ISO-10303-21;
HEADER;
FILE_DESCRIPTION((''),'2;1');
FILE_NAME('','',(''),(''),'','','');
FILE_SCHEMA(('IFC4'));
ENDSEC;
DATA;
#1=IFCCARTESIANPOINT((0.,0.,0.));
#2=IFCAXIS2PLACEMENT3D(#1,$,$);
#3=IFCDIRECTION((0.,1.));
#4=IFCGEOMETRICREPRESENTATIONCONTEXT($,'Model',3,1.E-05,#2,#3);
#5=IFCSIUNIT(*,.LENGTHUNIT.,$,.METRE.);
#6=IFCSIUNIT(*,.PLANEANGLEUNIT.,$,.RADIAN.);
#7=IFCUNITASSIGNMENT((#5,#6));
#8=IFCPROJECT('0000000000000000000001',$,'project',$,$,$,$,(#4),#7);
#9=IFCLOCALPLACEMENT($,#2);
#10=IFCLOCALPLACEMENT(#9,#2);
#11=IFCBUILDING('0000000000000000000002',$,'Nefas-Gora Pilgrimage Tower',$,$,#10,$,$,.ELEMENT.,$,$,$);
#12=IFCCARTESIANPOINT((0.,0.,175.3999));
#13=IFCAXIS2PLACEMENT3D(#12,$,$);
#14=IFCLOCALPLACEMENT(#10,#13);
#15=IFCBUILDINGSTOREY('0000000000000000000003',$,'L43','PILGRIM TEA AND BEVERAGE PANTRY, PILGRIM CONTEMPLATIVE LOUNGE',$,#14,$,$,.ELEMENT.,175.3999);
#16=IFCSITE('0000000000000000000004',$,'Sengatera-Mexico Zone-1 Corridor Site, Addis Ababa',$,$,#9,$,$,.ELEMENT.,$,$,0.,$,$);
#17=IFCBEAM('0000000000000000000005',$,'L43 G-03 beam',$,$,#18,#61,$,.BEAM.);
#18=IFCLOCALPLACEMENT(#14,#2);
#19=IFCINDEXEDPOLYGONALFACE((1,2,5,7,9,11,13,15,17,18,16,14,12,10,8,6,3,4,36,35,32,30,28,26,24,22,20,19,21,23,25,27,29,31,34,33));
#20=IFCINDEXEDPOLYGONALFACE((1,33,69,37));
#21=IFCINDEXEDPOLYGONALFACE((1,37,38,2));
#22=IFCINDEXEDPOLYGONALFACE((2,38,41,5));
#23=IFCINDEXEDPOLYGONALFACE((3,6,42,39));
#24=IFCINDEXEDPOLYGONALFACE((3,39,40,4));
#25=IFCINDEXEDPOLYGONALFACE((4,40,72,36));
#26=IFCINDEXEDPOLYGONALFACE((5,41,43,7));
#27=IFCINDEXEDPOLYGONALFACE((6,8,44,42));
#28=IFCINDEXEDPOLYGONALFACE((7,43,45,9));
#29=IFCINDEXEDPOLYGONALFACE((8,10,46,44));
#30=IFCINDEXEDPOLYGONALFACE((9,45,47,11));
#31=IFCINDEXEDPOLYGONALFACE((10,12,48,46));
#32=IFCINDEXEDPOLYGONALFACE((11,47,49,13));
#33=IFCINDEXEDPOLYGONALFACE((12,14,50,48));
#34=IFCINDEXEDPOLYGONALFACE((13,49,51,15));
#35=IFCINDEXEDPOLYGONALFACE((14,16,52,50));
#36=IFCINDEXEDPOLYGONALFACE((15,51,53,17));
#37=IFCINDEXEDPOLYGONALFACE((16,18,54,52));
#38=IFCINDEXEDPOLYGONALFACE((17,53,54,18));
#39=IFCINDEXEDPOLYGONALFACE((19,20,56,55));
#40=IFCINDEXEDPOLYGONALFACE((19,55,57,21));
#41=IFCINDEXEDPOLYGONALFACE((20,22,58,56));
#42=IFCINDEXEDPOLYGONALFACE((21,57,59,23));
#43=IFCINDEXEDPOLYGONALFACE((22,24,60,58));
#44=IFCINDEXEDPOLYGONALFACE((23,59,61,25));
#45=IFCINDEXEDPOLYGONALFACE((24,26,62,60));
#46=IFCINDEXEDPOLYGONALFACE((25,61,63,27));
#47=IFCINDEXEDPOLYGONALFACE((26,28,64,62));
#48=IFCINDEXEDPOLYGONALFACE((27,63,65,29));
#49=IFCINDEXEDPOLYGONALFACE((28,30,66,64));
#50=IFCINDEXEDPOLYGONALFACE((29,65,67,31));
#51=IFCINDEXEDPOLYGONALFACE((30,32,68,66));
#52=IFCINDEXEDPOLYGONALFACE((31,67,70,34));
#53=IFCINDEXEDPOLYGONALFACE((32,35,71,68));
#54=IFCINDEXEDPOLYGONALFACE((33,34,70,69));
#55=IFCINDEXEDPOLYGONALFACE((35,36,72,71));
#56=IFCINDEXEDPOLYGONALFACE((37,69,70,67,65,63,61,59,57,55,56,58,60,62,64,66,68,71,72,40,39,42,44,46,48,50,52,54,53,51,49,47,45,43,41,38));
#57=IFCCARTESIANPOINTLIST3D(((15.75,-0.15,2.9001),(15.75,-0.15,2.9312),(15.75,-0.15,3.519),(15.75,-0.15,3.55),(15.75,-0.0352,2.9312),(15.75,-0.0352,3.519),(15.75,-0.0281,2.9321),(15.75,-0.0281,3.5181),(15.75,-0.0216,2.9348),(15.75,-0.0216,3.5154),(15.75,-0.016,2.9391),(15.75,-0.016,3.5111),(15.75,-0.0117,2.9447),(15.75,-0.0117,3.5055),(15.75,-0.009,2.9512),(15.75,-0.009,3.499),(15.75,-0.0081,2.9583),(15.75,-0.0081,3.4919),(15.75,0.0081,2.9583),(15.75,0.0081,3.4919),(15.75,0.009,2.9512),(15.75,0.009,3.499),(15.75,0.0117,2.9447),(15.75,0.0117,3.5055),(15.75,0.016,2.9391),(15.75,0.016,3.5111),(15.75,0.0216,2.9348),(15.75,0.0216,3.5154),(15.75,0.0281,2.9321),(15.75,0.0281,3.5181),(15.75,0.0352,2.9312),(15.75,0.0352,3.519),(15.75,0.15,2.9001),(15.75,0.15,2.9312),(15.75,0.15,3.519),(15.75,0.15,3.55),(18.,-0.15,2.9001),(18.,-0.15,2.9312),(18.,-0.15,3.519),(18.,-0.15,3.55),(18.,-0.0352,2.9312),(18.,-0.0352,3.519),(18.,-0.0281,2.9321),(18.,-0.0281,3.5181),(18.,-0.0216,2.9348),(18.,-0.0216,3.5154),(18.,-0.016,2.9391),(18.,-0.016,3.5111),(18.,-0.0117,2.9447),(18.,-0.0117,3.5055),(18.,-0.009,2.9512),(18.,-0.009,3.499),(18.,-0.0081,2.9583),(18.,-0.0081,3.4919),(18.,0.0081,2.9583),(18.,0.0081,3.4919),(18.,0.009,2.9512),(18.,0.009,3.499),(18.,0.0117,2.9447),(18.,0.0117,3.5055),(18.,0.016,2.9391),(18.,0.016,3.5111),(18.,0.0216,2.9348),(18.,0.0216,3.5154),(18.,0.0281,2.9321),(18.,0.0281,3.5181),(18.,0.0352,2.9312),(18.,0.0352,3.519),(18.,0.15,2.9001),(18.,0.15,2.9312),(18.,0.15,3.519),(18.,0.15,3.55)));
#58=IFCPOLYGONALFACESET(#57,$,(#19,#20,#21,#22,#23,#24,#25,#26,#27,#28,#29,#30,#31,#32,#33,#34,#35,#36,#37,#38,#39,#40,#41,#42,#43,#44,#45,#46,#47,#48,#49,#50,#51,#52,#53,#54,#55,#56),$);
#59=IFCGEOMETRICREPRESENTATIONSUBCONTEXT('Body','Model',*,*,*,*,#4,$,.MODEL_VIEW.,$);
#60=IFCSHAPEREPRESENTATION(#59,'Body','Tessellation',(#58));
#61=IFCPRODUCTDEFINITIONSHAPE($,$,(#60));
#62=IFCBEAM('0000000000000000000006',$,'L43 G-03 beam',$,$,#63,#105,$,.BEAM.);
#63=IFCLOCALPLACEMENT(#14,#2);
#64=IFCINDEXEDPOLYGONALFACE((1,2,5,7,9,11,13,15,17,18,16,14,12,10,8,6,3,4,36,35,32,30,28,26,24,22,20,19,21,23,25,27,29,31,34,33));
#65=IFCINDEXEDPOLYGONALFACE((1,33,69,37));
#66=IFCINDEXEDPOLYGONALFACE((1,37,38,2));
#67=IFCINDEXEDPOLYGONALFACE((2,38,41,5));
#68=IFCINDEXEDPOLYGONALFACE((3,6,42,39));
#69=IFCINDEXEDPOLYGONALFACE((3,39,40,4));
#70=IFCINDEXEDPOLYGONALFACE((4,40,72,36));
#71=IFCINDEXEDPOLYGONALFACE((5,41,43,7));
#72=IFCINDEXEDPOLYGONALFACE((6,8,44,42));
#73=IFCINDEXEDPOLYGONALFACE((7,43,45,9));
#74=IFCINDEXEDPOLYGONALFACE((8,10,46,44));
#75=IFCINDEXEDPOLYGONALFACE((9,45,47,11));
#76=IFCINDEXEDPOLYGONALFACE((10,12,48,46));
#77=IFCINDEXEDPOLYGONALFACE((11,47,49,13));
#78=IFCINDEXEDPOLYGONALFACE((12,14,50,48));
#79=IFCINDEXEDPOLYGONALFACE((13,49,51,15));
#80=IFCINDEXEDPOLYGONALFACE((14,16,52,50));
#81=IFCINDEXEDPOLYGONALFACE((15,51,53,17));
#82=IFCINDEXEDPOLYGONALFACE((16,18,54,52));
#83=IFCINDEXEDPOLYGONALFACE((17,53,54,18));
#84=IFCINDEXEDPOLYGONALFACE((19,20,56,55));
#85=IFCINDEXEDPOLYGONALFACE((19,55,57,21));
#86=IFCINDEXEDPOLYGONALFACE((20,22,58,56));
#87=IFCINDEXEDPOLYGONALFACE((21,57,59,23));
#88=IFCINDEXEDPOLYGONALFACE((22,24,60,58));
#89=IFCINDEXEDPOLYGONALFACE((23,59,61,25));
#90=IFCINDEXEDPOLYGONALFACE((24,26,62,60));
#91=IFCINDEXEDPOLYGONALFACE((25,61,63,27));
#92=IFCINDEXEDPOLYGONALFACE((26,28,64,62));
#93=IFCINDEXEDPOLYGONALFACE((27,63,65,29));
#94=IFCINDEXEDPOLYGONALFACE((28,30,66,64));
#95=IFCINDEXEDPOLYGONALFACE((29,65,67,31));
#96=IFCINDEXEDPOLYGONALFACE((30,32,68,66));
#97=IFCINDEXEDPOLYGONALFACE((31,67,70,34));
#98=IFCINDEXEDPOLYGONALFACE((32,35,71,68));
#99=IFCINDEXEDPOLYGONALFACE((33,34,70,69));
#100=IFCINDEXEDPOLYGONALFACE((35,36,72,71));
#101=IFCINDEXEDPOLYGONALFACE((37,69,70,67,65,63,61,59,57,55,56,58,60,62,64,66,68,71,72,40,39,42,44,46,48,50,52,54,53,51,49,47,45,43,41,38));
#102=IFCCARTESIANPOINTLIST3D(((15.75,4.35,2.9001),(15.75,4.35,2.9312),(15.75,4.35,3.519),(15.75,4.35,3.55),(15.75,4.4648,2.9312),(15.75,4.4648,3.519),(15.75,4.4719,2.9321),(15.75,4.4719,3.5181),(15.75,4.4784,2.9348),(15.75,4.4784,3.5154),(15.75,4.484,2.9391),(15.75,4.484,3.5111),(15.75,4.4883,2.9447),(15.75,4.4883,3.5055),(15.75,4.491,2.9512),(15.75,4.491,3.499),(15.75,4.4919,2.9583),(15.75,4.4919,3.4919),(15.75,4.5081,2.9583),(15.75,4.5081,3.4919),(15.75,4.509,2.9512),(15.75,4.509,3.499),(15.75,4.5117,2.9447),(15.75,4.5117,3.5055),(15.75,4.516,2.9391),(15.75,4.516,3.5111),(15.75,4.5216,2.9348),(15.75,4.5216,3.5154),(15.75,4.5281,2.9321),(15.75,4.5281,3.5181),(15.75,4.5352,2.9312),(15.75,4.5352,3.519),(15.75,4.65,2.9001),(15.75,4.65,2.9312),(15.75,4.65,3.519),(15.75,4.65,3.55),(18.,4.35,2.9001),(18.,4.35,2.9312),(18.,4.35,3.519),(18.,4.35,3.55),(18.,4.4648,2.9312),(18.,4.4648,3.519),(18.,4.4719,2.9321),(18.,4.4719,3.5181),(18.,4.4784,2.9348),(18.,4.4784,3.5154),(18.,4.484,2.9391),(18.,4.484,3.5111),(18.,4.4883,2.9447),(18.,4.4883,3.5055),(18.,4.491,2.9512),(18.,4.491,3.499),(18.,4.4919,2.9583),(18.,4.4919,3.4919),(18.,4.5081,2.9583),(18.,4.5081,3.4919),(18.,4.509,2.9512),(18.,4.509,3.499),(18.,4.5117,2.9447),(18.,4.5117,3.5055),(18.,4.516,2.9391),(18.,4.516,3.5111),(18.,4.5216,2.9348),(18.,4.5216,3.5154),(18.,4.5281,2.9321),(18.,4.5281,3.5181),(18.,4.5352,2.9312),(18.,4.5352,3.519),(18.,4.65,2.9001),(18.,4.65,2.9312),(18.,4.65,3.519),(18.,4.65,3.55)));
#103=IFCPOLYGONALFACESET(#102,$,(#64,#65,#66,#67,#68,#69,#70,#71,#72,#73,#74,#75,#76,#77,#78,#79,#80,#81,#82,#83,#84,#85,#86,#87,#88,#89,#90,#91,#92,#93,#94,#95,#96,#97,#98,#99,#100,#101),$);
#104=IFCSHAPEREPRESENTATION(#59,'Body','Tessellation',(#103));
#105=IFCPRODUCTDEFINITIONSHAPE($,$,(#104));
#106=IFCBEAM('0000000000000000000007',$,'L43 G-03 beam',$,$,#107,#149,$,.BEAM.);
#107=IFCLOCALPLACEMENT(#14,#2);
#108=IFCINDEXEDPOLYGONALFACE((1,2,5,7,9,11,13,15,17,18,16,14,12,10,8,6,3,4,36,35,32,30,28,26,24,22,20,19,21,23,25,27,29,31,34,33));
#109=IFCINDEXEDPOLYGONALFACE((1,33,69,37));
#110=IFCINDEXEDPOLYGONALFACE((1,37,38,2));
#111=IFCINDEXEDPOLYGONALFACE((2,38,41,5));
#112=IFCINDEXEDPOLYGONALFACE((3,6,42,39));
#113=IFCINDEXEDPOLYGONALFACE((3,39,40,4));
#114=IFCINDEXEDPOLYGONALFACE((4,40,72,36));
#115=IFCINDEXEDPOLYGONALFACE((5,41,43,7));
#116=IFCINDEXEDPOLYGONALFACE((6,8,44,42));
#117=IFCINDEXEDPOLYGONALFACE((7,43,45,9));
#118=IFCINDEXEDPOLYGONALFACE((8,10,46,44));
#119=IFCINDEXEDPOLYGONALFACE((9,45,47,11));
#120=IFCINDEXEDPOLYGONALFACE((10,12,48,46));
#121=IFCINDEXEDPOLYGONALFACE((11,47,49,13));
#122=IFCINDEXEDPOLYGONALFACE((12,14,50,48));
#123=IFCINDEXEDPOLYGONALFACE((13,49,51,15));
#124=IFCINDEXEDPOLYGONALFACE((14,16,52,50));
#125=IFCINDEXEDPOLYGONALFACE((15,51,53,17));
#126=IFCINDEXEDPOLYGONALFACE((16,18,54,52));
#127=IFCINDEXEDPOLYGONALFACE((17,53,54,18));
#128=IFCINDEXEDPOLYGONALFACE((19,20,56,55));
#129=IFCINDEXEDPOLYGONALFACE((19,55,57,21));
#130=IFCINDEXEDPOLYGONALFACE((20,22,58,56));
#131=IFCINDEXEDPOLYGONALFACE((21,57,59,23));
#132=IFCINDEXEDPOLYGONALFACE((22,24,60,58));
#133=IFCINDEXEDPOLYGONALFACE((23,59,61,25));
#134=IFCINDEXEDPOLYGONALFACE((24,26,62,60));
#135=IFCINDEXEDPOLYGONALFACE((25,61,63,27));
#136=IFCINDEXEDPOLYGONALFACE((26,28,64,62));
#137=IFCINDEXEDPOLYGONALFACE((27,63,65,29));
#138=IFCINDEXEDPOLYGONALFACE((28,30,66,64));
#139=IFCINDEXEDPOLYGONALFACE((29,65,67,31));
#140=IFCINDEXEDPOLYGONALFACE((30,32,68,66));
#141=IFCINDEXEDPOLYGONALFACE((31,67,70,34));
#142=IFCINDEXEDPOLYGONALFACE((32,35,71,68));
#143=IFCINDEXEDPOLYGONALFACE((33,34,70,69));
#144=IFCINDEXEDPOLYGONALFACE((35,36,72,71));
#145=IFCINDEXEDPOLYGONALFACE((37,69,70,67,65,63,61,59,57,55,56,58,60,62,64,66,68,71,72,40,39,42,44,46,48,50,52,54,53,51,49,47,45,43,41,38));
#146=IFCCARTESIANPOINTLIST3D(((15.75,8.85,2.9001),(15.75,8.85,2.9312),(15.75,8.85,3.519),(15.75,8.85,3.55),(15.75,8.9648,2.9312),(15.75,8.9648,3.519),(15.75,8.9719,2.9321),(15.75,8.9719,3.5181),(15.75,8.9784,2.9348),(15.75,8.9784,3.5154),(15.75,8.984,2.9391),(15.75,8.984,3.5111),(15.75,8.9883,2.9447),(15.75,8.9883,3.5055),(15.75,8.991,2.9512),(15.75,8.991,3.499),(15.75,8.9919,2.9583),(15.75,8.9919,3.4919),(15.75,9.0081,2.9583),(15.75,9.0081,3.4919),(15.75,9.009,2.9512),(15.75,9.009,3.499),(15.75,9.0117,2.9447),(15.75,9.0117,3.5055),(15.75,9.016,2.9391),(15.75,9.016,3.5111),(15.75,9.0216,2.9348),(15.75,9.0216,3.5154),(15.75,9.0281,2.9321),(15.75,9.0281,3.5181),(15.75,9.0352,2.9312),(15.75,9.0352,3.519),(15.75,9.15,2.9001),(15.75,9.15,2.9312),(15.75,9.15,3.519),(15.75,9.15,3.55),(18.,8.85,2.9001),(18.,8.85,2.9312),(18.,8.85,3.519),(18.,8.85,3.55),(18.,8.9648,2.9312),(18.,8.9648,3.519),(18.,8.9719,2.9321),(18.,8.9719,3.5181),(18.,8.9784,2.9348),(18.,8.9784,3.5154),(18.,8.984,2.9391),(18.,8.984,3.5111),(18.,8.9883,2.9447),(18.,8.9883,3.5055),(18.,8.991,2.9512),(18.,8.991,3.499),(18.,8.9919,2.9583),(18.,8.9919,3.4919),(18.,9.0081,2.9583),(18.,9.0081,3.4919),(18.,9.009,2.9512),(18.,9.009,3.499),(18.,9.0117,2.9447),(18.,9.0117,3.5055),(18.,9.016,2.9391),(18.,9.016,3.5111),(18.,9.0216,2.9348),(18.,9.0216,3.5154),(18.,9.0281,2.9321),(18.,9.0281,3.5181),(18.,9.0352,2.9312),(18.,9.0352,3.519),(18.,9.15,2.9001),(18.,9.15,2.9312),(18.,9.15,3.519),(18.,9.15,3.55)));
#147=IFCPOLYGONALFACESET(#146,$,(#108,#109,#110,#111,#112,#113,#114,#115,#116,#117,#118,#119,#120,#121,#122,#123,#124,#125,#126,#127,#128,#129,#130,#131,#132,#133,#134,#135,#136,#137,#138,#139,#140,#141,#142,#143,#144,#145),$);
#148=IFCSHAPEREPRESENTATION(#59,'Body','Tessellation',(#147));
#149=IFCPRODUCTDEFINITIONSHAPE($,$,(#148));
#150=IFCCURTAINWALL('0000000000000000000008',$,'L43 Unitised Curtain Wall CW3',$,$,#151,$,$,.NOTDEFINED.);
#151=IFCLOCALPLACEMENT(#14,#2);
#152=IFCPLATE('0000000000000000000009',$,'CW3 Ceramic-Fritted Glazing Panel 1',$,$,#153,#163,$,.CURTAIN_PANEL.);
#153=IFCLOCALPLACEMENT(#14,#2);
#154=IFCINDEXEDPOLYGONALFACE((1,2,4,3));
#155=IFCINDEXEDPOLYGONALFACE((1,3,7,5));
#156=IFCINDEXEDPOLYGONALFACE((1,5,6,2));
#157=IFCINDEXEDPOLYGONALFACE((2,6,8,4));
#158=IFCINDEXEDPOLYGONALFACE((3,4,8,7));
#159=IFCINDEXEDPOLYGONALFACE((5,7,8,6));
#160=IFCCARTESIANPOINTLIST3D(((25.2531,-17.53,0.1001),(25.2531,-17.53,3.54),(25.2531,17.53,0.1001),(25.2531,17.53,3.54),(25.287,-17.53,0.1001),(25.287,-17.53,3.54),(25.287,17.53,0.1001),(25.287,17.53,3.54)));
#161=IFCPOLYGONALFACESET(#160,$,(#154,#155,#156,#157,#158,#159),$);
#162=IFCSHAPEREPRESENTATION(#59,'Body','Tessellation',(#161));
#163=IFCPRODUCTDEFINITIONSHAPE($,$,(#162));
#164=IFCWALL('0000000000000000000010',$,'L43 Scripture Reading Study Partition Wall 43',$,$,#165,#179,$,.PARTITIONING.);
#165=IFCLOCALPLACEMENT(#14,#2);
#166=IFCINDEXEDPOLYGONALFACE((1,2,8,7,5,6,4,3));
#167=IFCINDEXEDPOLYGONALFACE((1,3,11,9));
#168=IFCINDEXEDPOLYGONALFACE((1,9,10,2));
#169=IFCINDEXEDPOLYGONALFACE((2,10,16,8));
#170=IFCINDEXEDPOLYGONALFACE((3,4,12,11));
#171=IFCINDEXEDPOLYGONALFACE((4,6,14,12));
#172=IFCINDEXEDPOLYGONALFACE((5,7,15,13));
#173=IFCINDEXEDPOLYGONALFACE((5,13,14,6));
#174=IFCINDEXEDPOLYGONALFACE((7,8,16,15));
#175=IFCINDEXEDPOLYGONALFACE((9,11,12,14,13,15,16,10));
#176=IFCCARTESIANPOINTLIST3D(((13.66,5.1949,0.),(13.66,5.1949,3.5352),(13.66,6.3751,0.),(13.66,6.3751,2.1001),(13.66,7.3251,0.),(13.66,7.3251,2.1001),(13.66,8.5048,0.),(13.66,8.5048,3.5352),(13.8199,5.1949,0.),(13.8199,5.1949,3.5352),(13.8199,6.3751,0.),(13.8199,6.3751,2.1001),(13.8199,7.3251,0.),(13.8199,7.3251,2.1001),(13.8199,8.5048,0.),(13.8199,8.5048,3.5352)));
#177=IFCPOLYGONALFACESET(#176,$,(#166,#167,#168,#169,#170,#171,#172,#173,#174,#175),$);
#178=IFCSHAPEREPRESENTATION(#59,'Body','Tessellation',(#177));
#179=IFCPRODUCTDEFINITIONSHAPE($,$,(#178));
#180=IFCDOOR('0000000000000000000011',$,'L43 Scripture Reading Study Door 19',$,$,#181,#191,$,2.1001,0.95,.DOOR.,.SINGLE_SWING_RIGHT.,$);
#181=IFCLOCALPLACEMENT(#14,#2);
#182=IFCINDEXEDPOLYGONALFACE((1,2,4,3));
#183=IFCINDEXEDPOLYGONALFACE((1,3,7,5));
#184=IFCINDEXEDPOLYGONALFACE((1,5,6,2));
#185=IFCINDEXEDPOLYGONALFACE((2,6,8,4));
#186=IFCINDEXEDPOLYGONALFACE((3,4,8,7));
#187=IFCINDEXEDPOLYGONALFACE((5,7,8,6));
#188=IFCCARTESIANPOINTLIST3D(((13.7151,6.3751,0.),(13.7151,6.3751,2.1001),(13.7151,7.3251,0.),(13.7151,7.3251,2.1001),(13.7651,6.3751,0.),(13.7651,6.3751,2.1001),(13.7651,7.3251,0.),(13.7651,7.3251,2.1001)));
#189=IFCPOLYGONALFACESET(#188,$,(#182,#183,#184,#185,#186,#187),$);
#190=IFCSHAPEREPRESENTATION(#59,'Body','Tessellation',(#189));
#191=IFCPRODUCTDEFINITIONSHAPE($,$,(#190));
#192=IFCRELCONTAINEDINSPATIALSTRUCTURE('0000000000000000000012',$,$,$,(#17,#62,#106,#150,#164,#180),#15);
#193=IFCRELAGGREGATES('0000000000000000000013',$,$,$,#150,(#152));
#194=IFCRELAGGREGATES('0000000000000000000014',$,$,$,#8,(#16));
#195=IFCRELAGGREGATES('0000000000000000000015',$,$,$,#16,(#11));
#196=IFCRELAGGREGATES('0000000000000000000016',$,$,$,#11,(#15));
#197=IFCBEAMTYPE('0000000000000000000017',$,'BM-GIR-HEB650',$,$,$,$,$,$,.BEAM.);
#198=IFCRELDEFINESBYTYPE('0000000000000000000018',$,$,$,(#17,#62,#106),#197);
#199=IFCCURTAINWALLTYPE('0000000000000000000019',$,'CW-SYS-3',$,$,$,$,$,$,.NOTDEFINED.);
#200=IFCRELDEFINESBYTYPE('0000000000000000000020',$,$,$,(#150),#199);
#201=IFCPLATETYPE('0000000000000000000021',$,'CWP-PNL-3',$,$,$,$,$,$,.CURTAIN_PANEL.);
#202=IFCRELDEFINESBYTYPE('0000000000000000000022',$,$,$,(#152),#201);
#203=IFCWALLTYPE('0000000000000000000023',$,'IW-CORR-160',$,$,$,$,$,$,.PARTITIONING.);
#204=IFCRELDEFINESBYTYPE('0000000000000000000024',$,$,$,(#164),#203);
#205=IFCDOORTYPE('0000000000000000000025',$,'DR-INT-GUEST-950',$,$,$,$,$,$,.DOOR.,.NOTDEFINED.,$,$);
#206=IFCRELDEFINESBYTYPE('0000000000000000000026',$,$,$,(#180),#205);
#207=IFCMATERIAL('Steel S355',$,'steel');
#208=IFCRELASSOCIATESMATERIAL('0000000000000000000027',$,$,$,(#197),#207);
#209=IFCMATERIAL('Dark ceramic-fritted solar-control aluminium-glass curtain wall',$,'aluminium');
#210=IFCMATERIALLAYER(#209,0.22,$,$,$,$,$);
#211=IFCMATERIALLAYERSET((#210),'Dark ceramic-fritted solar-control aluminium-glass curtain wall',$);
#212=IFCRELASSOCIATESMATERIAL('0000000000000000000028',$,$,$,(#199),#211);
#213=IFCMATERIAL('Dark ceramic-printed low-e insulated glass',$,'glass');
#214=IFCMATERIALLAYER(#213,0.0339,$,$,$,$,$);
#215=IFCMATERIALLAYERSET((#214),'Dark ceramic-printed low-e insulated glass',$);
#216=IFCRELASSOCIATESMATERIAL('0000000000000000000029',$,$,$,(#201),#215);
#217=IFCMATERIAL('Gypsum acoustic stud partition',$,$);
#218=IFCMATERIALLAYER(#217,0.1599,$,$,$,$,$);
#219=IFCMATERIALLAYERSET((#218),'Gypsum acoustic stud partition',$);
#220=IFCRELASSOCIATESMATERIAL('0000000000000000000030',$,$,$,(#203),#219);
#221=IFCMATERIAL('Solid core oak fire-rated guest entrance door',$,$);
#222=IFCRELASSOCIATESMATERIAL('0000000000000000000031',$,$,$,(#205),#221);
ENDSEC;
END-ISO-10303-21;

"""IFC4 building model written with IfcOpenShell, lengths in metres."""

from ifc_helpers import new_model, si_unit, direction, frame, frame_2d, origin, origin_2d, place, context, subcontext, project, spatial, rectangle, i_section, extrude, source, transform, mapped, material, layer, layer_set, material_profile, profile_set, type_object, element, fill, aggregate, save


model = new_model("IFC4")

# Units and contexts
model_context = context("Model", 3, precision=1e-05, world=origin(), true_north=direction((0.0, 1.0)))
body_context = subcontext(model_context, "Body", "Model", "MODEL_VIEW")
ifc_project = project(units=[si_unit("LENGTHUNIT", "METRE"), si_unit("PLANEANGLEUNIT", "RADIAN")], contexts=[model_context])

# Site, building, storey
site_placement = place(None, origin())
site = spatial("IfcSite", under=ifc_project, at=site_placement, Name="Sengatera-Mexico Zone-1 Corridor Site, Addis Ababa", CompositionType="ELEMENT", RefElevation=0.0)
building_placement = place(site_placement, origin())
building = spatial("IfcBuilding", under=site, at=building_placement, Name="Nefas-Gora Pilgrimage Tower", CompositionType="ELEMENT")
storey_placement = place(building_placement, frame((0.0, 0.0, 175.3999)))
storey = spatial("IfcBuildingStorey", under=building, at=storey_placement, Name="L43", Description="PILGRIM TEA AND BEVERAGE PANTRY, PILGRIM CONTEMPLATIVE LOUNGE", CompositionType="ELEMENT", Elevation=175.3999)

# Beams
ifc_material_1 = material(Name="Steel S355", Category="steel")
ifc_material_profile_1 = material_profile(ifc_material_1, i_section(OverallWidth=0.3, OverallDepth=0.6499, WebThickness=0.0161, FlangeThickness=0.031, FilletRadius=0.0271, at=origin_2d()), Name="HEB 650")
ifc_profile_set_1 = profile_set([ifc_material_profile_1], Name="Steel S355")
beam_type_1 = type_object("IfcBeamType", Name="BM-GIR-HEB650", PredefinedType="BEAM", material=ifc_profile_set_1)
shared_shape_1 = source(origin(), body_context, "Body", "SweptSolid", [
    extrude(i_section(OverallWidth=0.3, OverallDepth=0.6499, WebThickness=0.0161, FlangeThickness=0.031, FilletRadius=0.0271, at=origin_2d()), origin(), (0.0, 0.0, 1.0), 2.25),
])
for number, where, z_axis, x_axis, name in (
    (1, (15.75, 0.0, 3.2251), (1.0, 0.0, 0.0), (0.0, 1.0, 0.0), "L43 G-03 beam"),
    (2, (15.75, 4.5, 3.2251), (1.0, 0.0, 0.0), (0.0, 1.0, 0.0), "L43 G-03 beam"),
    (3, (15.75, 9.0, 3.2251), (1.0, 0.0, 0.0), (0.0, 1.0, 0.0), "L43 G-03 beam"),
):
    element("IfcBeam", number, at=place(storey_placement, frame(where, z_axis=z_axis, x_axis=x_axis)), inside=storey, type_object=beam_type_1, Name=name, PredefinedType="BEAM", context=body_context, shape_type="MappedRepresentation", body=[
        mapped(shared_shape_1, transform((0.0, 0.0, 0.0), x_axis=(1.0, 0.0, 0.0), y_axis=(0.0, 1.0, 0.0), z_axis=(0.0, 0.0, 1.0), scale=1.0)),
    ])

# Curtain wall, plate
ifc_material_2 = material(Name="Dark ceramic-fritted solar-control aluminium-glass curtain wall", Category="aluminium")
ifc_layer_1 = layer(ifc_material_2, 0.22)
ifc_layer_set_1 = layer_set([ifc_layer_1], Name="Dark ceramic-fritted solar-control aluminium-glass curtain wall")
curtain_wall_type = type_object("IfcCurtainWallType", Name="CW-SYS-3", PredefinedType="NOTDEFINED", material=ifc_layer_set_1)
curtain_wall_placement = place(storey_placement, origin())
curtain_wall = element("IfcCurtainWall", 4, at=curtain_wall_placement, inside=storey, type_object=curtain_wall_type, Name="L43 Unitised Curtain Wall CW3", PredefinedType="NOTDEFINED")
ifc_material_3 = material(Name="Dark ceramic-printed low-e insulated glass", Category="glass")
ifc_layer_2 = layer(ifc_material_3, 0.0339)
ifc_layer_set_2 = layer_set([ifc_layer_2], Name="Dark ceramic-printed low-e insulated glass")
plate_type = type_object("IfcPlateType", Name="CWP-PNL-3", PredefinedType="CURTAIN_PANEL", material=ifc_layer_set_2)
shared_shape_2 = source(origin(), body_context, "Body", "SweptSolid", [
    extrude(rectangle(XDim=35.0601, YDim=0.0339, at=origin_2d()), origin(), (0.0, 0.0, 1.0), 3.4399),
])
plate_placement = place(storey_placement, frame((25.27, 0.0, 0.1001), z_axis=(0.0, 0.0, 1.0), x_axis=(0.0, 1.0, 0.0)))
plate = element("IfcPlate", 5, at=plate_placement, type_object=plate_type, Name="CW3 Ceramic-Fritted Glazing Panel 1", PredefinedType="CURTAIN_PANEL", context=body_context, shape_type="MappedRepresentation", body=[
    mapped(shared_shape_2, transform((0.0, 0.0, 0.0), x_axis=(1.0, 0.0, 0.0), y_axis=(0.0, 1.0, 0.0), z_axis=(0.0, 0.0, 1.0), scale=1.0)),
])
aggregate(curtain_wall, [plate])

# Wall, opening, door
ifc_material_4 = material(Name="Gypsum acoustic stud partition")
ifc_layer_3 = layer(ifc_material_4, 0.1599)
ifc_layer_set_3 = layer_set([ifc_layer_3], Name="Gypsum acoustic stud partition")
wall_type_1 = type_object("IfcWallType", Name="IW-CORR-160", PredefinedType="PARTITIONING", material=ifc_layer_set_3)
shared_shape_3 = source(origin(), body_context, "Body", "SweptSolid", [
    extrude(rectangle(XDim=3.3098, YDim=0.1599, at=frame_2d((1.6548, 0.0))), origin(), (0.0, 0.0, 1.0), 3.5352),
])
wall_1_placement = place(storey_placement, frame((13.74, 5.1951, 0.0), z_axis=(0.0, 0.0, 1.0), x_axis=(0.0, 1.0, 0.0)))
wall_1 = element("IfcWall", 6, at=wall_1_placement, inside=storey, type_object=wall_type_1, Name="L43 Scripture Reading Study Partition Wall 43", PredefinedType="PARTITIONING", context=body_context, shape_type="MappedRepresentation", body=[
    mapped(shared_shape_3, transform((0.0, 0.0, 0.0), x_axis=(1.0, 0.0, 0.0), y_axis=(0.0, 1.0, 0.0), z_axis=(0.0, 0.0, 1.0), scale=1.0)),
])
opening_1_placement = place(wall_1_placement, frame((1.1799, 0.0, 0.0)))
opening_1 = element("IfcOpeningElement", 7, at=opening_1_placement, cuts=wall_1, PredefinedType="OPENING", context=body_context, shape_type="SweptSolid", body=[
    extrude(rectangle(XDim=0.95, YDim=2.1001, at=frame_2d((0.4751, 1.05))), frame((0.0, 0.0898, 0.0), z_axis=(0.0, -1.0, 0.0), x_axis=(1.0, 0.0, 0.0)), (0.0, 0.0, 1.0), 0.1799),
])
ifc_material_5 = material(Name="Solid core oak fire-rated guest entrance door")
door_type = type_object("IfcDoorType", Name="DR-INT-GUEST-950", OperationType="NOTDEFINED", PredefinedType="DOOR", material=ifc_material_5)
shared_shape_4 = source(origin(), body_context, "Body", "SweptSolid", [
    extrude(rectangle(XDim=0.95, YDim=2.1001, at=frame_2d((0.4751, 1.05))), frame((0.0, 0.0249, 0.0), z_axis=(0.0, -1.0, 0.0), x_axis=(1.0, 0.0, 0.0)), (0.0, 0.0, 1.0), 0.05),
])
door_1_placement = place(opening_1_placement, origin())
door_1 = element("IfcDoor", 8, at=door_1_placement, inside=storey, type_object=door_type, Name="L43 Scripture Reading Study Door 19", OperationType="SINGLE_SWING_RIGHT", OverallHeight=2.1001, OverallWidth=0.95, PredefinedType="DOOR", context=body_context, shape_type="MappedRepresentation", body=[
    mapped(shared_shape_4, transform((0.0, 0.0, 0.0), x_axis=(1.0, 0.0, 0.0), y_axis=(0.0, 1.0, 0.0), z_axis=(0.0, 0.0, 1.0), scale=1.0)),
])
fill(opening_1, door_1)

save(model, "model.ifc")
